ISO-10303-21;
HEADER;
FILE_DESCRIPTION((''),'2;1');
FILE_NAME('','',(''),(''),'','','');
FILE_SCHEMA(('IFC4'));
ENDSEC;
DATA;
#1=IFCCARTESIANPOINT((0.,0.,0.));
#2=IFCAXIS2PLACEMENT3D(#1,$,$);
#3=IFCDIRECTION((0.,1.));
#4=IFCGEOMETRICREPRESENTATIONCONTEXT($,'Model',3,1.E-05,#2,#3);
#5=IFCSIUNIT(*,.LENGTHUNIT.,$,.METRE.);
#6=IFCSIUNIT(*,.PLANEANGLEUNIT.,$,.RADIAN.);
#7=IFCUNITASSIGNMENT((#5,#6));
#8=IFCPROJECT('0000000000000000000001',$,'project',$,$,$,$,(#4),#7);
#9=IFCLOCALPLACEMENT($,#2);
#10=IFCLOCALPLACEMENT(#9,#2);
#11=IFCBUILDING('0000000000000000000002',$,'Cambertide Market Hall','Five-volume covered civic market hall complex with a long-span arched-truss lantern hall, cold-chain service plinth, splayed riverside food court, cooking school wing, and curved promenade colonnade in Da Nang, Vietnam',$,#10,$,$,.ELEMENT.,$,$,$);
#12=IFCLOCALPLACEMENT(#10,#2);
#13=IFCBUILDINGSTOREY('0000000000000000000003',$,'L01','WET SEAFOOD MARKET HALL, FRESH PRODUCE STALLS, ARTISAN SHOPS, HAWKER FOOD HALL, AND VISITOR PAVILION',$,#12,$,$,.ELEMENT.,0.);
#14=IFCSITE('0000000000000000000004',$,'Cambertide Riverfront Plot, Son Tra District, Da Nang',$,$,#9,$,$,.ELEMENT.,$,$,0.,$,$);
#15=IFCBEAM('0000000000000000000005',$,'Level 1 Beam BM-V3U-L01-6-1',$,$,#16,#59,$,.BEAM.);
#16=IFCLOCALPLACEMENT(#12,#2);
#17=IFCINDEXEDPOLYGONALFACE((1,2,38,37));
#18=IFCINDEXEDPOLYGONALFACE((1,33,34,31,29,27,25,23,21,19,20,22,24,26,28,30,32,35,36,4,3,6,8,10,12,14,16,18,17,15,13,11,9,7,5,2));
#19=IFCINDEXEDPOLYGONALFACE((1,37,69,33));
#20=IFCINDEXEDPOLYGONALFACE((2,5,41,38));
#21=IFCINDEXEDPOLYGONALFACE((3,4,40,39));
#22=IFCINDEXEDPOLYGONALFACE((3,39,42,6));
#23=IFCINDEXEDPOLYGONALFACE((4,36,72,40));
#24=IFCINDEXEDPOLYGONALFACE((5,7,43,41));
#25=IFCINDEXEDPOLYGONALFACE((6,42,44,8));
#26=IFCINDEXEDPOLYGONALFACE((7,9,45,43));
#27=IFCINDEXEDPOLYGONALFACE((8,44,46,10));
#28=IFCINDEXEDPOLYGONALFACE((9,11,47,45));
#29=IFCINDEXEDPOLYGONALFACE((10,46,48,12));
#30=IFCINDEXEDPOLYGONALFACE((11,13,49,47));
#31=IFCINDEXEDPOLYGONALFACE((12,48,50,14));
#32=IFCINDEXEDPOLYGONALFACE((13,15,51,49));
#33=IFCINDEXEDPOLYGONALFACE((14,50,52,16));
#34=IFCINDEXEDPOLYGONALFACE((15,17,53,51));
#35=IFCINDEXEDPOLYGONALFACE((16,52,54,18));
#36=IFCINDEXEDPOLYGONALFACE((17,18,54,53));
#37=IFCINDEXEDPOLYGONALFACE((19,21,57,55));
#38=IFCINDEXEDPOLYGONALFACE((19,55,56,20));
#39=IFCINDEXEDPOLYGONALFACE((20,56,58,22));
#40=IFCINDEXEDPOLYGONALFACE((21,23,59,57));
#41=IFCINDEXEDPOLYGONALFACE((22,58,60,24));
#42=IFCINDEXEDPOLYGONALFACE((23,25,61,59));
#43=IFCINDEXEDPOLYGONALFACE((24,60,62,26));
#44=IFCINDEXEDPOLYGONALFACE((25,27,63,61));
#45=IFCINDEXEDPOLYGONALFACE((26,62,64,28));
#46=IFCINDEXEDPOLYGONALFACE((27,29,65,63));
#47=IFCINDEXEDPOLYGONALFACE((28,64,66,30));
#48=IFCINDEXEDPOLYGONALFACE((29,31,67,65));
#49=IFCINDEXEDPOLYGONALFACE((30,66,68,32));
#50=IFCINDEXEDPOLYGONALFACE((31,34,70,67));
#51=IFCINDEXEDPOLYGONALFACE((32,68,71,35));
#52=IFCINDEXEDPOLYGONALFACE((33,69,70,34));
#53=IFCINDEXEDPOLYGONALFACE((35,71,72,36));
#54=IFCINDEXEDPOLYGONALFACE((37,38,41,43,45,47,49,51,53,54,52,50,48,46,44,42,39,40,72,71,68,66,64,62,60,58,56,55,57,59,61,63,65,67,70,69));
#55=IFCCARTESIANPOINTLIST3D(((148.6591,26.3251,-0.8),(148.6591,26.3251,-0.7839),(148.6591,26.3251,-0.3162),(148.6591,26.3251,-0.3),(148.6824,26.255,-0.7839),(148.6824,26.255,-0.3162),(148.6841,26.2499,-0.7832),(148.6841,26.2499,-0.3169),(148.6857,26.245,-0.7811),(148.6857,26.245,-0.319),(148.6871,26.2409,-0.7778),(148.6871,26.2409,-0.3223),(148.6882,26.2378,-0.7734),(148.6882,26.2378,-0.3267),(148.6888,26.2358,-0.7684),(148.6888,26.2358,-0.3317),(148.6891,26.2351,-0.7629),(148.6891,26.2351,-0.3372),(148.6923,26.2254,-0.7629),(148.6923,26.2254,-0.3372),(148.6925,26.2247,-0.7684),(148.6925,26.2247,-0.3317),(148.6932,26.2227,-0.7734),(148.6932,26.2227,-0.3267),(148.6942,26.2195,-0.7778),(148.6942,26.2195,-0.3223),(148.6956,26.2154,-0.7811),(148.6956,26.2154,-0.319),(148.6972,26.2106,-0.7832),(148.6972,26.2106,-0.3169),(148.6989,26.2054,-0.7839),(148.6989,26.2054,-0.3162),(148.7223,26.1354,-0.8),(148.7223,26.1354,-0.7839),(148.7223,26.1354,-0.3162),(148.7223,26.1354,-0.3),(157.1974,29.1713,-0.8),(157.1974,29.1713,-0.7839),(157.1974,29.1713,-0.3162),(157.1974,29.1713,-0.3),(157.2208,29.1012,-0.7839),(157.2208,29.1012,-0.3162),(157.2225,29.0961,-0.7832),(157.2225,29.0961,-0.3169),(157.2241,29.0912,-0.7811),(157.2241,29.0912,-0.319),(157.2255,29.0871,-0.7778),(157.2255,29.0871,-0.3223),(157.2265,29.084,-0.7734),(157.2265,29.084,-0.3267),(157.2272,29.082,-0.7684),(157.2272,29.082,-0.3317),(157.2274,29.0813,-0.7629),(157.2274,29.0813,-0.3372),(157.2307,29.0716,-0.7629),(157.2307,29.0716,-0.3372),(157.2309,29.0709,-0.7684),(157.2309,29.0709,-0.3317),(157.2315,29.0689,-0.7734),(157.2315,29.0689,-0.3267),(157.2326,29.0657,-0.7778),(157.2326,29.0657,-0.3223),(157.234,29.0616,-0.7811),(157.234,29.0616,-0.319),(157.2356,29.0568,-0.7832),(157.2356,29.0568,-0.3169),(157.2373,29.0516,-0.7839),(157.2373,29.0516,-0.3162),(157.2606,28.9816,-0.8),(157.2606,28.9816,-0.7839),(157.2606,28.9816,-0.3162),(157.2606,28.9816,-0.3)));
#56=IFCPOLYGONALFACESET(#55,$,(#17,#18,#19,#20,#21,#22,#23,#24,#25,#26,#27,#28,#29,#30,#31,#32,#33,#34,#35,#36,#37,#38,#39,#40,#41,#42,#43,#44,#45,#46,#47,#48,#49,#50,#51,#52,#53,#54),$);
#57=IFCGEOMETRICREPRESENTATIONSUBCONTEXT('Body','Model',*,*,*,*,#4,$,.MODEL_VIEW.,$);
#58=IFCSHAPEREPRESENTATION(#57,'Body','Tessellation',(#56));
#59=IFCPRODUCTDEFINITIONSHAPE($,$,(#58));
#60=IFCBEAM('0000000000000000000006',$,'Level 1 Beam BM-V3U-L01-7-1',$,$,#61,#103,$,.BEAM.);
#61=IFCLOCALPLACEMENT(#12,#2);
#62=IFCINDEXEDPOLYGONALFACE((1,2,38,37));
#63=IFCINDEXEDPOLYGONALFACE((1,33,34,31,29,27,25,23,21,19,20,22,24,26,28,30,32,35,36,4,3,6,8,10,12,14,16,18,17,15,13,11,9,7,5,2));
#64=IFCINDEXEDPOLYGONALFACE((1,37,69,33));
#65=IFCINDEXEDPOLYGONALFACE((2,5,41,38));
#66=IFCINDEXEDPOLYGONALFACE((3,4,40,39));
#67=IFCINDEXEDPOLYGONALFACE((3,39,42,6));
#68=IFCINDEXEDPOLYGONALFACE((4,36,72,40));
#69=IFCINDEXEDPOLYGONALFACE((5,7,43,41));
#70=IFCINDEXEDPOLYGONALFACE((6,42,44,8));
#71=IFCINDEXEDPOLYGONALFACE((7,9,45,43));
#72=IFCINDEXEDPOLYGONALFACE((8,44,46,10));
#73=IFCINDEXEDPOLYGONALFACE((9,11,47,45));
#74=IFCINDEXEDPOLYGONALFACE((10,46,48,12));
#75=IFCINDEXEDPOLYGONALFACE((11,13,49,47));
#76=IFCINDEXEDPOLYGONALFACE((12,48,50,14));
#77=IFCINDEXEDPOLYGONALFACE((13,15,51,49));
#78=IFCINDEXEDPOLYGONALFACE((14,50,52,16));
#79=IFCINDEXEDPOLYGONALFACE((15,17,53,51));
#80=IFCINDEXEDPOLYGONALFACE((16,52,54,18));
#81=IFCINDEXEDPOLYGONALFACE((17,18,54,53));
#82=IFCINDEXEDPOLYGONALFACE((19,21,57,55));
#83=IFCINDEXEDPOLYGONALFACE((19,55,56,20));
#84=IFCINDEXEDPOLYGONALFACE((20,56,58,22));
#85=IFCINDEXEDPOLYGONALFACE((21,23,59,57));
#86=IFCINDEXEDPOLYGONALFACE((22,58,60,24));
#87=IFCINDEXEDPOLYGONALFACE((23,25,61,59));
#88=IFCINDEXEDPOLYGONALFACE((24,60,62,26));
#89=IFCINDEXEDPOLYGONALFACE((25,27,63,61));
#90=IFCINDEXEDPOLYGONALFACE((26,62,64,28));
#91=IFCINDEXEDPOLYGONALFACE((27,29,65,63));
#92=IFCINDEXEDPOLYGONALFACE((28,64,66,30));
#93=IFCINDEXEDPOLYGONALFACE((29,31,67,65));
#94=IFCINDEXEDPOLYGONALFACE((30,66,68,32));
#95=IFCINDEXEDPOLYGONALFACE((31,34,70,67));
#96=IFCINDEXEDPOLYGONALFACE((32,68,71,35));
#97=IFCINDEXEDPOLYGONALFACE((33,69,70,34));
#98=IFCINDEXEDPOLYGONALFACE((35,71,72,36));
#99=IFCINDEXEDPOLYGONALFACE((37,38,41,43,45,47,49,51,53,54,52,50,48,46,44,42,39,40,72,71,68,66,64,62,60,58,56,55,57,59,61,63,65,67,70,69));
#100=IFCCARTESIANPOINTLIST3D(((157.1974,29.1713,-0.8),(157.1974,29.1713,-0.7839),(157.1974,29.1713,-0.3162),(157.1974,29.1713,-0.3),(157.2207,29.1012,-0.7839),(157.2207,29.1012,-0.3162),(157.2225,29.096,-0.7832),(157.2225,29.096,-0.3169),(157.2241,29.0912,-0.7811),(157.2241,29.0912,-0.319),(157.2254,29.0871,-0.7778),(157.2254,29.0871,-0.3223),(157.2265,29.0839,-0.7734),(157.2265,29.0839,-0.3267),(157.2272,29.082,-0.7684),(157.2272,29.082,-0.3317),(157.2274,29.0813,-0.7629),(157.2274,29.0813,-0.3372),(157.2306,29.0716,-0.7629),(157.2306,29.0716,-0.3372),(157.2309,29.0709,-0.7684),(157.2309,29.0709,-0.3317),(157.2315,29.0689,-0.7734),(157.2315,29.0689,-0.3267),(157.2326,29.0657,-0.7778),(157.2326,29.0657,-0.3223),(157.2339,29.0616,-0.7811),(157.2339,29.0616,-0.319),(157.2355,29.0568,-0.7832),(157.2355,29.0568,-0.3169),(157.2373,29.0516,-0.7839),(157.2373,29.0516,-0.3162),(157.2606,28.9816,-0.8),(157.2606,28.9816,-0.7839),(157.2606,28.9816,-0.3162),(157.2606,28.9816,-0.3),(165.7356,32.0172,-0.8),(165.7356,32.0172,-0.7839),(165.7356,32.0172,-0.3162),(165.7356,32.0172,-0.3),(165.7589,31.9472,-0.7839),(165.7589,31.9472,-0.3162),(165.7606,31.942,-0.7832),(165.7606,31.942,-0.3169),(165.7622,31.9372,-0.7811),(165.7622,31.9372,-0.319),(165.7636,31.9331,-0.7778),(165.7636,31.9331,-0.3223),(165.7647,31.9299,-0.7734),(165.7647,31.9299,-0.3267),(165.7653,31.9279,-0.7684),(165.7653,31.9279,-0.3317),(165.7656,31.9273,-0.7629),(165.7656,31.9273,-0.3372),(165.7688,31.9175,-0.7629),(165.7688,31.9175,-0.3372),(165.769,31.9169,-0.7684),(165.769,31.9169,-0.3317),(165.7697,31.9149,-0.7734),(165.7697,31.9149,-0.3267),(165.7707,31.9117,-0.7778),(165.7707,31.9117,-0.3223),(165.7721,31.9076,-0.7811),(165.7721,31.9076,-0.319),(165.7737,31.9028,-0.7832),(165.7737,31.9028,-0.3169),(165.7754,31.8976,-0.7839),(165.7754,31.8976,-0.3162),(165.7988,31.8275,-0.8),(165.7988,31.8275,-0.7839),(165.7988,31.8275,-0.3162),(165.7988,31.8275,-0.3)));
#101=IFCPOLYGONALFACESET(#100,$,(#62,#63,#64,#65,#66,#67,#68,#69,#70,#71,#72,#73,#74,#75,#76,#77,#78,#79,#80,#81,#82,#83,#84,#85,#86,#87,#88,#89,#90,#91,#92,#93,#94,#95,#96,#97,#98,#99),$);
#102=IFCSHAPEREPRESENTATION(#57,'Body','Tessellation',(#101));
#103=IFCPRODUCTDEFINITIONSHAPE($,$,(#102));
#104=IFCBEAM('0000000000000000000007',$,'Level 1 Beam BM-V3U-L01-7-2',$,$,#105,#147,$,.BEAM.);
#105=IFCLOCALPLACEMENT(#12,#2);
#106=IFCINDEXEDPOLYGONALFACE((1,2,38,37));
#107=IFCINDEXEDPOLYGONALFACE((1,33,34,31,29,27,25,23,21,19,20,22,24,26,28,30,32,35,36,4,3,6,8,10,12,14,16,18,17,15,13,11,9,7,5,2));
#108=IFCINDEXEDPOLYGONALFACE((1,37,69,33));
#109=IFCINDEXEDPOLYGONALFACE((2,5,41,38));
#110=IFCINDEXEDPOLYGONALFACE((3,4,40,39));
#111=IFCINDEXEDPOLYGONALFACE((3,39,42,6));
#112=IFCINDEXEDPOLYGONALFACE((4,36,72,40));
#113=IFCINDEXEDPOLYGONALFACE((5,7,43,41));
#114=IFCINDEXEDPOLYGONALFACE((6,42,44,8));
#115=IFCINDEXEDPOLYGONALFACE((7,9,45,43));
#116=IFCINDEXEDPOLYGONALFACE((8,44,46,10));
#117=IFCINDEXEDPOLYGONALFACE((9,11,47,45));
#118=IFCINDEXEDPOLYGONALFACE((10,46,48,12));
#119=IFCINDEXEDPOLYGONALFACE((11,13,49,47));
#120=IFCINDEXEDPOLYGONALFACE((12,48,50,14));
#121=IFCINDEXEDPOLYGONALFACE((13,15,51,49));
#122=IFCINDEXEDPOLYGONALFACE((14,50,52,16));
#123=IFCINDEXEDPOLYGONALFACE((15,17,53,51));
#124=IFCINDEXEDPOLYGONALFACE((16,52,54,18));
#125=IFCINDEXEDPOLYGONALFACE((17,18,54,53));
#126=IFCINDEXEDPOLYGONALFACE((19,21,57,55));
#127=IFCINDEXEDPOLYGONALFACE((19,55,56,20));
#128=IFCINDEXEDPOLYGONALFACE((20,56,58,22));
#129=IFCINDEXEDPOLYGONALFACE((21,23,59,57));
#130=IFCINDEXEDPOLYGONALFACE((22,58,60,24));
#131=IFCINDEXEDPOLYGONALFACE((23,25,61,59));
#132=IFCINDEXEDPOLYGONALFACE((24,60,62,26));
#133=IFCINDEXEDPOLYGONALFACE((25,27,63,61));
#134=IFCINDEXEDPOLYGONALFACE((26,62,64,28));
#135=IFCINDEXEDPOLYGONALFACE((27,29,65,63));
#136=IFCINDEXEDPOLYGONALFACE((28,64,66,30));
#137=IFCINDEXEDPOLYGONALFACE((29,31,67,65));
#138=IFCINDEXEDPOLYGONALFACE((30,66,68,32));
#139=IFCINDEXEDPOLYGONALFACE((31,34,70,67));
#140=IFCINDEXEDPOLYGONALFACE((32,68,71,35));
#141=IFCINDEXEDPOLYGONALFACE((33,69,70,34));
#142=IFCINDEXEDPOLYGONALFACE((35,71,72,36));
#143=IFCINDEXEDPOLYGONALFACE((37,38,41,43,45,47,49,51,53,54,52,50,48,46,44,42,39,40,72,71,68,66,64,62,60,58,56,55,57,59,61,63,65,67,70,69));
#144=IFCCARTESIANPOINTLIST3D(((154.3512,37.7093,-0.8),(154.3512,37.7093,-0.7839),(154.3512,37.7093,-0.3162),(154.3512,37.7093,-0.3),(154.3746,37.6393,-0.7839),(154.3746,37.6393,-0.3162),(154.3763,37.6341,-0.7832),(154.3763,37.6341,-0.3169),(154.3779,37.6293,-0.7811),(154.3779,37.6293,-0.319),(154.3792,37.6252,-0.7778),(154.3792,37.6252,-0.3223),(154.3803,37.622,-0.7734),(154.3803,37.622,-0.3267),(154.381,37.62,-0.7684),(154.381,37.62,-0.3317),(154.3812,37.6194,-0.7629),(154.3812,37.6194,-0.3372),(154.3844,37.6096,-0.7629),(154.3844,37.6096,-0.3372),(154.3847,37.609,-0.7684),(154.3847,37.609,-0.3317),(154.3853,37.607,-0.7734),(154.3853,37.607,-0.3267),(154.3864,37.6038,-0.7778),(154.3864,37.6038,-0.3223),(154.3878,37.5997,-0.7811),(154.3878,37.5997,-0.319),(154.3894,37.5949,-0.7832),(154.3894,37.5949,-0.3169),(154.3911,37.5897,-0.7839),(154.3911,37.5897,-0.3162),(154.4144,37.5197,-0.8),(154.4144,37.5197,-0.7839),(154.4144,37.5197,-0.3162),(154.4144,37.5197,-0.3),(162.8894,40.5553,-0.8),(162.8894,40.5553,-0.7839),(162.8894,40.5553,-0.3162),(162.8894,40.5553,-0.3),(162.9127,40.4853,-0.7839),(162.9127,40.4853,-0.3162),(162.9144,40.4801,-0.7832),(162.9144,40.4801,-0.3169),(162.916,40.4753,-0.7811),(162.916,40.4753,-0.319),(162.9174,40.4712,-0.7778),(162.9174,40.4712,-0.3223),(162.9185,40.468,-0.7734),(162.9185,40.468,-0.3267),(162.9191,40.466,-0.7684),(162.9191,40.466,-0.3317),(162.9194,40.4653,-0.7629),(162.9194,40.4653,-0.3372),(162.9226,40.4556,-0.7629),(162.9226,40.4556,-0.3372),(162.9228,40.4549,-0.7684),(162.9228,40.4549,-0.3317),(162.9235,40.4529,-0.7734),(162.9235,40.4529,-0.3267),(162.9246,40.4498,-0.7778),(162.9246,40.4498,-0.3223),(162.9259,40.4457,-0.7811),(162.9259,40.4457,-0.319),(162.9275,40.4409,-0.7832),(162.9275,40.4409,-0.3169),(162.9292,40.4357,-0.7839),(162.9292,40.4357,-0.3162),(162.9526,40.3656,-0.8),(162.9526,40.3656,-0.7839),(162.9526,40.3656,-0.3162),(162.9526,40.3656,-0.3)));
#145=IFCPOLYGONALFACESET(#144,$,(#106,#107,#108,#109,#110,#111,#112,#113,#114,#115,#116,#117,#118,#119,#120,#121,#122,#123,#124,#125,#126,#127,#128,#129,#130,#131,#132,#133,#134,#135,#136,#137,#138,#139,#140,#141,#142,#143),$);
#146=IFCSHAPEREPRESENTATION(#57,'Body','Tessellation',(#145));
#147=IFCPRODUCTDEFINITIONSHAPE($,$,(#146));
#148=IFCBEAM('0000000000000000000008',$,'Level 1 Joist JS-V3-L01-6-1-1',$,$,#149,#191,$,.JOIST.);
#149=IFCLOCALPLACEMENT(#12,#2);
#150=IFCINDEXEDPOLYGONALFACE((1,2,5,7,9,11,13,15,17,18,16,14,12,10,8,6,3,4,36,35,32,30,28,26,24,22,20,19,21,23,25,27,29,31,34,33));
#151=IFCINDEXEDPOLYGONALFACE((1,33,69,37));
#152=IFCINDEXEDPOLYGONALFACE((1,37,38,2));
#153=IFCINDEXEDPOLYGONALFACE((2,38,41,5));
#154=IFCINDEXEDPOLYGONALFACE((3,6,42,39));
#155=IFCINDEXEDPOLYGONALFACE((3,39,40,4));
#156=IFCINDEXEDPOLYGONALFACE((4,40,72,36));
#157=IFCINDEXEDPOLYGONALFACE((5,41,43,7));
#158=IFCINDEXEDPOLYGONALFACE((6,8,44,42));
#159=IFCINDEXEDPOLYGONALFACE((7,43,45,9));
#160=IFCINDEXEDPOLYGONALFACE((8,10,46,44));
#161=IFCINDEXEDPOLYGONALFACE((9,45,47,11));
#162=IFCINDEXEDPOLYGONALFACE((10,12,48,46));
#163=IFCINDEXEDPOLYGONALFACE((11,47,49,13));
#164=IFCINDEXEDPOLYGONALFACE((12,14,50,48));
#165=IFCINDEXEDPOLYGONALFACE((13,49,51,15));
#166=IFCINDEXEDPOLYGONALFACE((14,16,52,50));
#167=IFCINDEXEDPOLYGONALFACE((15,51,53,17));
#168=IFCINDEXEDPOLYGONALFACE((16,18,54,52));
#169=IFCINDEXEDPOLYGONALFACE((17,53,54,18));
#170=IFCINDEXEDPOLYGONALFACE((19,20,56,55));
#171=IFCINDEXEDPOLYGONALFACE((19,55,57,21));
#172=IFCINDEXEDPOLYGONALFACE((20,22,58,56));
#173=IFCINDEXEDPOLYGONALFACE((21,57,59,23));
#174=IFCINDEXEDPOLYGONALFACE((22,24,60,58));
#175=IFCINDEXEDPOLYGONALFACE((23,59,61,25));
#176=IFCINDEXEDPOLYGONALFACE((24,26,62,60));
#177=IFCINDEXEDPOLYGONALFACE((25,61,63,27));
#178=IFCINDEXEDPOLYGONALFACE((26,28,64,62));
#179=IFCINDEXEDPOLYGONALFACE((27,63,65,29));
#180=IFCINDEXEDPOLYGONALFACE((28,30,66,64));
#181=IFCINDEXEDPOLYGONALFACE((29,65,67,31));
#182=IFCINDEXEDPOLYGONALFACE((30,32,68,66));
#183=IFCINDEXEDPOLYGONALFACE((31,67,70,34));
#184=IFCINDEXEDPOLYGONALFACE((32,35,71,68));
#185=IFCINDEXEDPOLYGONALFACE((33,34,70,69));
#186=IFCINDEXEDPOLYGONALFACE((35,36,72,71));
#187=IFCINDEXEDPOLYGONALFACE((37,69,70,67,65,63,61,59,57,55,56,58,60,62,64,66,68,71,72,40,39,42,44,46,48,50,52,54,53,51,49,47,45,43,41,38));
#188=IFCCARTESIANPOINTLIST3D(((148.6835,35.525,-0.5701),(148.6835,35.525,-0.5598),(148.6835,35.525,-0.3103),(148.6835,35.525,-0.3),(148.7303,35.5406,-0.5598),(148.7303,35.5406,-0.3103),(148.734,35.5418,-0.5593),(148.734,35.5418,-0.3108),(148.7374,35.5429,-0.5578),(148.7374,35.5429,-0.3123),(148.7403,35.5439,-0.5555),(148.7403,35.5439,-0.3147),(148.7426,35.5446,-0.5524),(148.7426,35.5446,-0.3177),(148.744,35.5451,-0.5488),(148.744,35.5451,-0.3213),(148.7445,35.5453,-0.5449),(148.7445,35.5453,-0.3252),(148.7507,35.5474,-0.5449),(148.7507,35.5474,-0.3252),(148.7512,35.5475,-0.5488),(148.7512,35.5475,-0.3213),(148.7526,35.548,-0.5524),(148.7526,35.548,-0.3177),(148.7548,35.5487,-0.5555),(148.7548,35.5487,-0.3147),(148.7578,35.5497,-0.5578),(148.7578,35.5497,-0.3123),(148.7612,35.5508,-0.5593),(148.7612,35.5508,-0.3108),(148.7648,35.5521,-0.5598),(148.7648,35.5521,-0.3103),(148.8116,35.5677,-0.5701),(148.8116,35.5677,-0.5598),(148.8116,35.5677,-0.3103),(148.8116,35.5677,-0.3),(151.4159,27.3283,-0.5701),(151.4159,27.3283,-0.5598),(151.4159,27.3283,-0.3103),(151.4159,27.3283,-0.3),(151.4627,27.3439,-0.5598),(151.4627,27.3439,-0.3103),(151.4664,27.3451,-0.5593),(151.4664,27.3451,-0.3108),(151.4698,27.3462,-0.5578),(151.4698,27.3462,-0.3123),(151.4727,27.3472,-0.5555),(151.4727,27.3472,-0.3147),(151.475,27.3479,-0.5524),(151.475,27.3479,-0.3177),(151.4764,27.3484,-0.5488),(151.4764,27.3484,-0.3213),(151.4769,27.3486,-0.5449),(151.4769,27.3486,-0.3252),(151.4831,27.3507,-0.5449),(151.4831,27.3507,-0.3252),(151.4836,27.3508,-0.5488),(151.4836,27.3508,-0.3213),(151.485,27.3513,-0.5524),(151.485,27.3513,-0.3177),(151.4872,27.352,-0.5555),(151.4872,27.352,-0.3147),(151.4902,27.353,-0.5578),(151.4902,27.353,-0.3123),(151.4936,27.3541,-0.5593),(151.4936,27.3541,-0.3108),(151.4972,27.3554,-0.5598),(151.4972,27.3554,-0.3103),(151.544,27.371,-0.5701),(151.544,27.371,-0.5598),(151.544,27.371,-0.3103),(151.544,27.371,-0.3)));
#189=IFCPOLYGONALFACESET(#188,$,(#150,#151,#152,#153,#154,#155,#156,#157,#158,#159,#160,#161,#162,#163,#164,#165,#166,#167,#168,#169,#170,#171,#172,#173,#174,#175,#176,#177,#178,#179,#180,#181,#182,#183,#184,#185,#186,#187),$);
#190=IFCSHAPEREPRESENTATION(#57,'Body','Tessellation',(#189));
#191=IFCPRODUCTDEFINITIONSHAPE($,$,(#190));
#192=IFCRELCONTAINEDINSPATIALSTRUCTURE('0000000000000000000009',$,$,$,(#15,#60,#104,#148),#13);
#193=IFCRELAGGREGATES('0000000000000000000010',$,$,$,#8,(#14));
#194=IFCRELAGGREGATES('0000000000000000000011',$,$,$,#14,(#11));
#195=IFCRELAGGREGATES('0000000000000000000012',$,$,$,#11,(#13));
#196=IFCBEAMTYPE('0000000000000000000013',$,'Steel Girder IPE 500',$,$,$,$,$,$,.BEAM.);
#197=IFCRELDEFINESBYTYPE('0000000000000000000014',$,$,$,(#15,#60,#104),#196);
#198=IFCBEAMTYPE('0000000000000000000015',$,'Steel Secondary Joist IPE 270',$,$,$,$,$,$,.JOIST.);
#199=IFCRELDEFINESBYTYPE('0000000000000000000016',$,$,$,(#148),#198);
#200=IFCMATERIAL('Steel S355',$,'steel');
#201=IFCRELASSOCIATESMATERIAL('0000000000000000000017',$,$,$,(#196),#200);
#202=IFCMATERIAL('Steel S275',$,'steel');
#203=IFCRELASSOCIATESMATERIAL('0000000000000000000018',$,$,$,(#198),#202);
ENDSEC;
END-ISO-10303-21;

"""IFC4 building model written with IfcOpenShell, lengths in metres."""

from ifc_helpers import new_model, si_unit, direction, frame, origin, origin_2d, place, context, subcontext, project, spatial, i_section, extrude, material, material_profile, profile_set, type_object, element, save


model = new_model("IFC4")

# Units and contexts
model_context = context("Model", 3, precision=1e-05, world=origin(), true_north=direction((0.0, 1.0)))
body_context = subcontext(model_context, "Body", "Model", "MODEL_VIEW")
ifc_project = project(units=[si_unit("LENGTHUNIT", "METRE"), si_unit("PLANEANGLEUNIT", "RADIAN")], contexts=[model_context])

# Site, building, storey
site_placement = place(None, origin())
site = spatial("IfcSite", under=ifc_project, at=site_placement, Name="Cambertide Riverfront Plot, Son Tra District, Da Nang", CompositionType="ELEMENT", RefElevation=0.0)
building_placement = place(site_placement, origin())
building = spatial("IfcBuilding", under=site, at=building_placement, Name="Cambertide Market Hall", Description="Five-volume covered civic market hall complex with a long-span arched-truss lantern hall, cold-chain service plinth, splayed riverside food court, cooking school wing, and curved promenade colonnade in Da Nang, Vietnam", CompositionType="ELEMENT")
storey_placement = place(building_placement, origin())
storey = spatial("IfcBuildingStorey", under=building, at=storey_placement, Name="L01", Description="WET SEAFOOD MARKET HALL, FRESH PRODUCE STALLS, ARTISAN SHOPS, HAWKER FOOD HALL, AND VISITOR PAVILION", CompositionType="ELEMENT", Elevation=0.0)

# Beams
ifc_material_1 = material(Name="Steel S355", Category="steel")
ifc_material_profile_1 = material_profile(ifc_material_1, i_section(OverallWidth=0.2, OverallDepth=0.5, WebThickness=0.0103, FlangeThickness=0.0161, FilletRadius=0.021, at=origin_2d()), Name="IPE 500")
ifc_profile_set_1 = profile_set([ifc_material_profile_1], Name="Steel S355")
beam_type_1 = type_object("IfcBeamType", Name="Steel Girder IPE 500", PredefinedType="BEAM", material=ifc_profile_set_1)
beam_1_placement = place(storey_placement, frame((148.6907, 26.2302, -0.55), z_axis=(0.948681, 0.316236, 0.0), x_axis=(-0.316236, 0.948681, 0.0)))
element("IfcBeam", 1, at=beam_1_placement, inside=storey, type_object=beam_type_1, Name="Level 1 Beam BM-V3U-L01-6-1", PredefinedType="BEAM", context=body_context, shape_type="SweptSolid", body=[
    extrude(i_section(OverallWidth=0.2, OverallDepth=0.5, WebThickness=0.0103, FlangeThickness=0.0161, FilletRadius=0.021, at=origin_2d()), origin(), (0.0, 0.0, 1.0), 9.0002),
])
for number, where, z_axis, x_axis, name in (
    (2, (157.229, 29.0764, -0.55), (0.948686, 0.31622, 0.0), (-0.31622, 0.948686, 0.0), "Level 1 Beam BM-V3U-L01-7-1"),
    (3, (154.3828, 37.6145, -0.55), (0.948686, 0.31622, 0.0), (-0.31622, 0.948686, 0.0), "Level 1 Beam BM-V3U-L01-7-2"),
):
    element("IfcBeam", number, at=place(storey_placement, frame(where, z_axis=z_axis, x_axis=x_axis)), inside=storey, type_object=beam_type_1, Name=name, PredefinedType="BEAM", context=body_context, shape_type="SweptSolid", body=[
        extrude(i_section(OverallWidth=0.2, OverallDepth=0.5, WebThickness=0.0103, FlangeThickness=0.0161, FilletRadius=0.021, at=origin_2d()), origin(), (0.0, 0.0, 1.0), 9.0),
    ])
ifc_material_2 = material(Name="Steel S275", Category="steel")
ifc_material_profile_2 = material_profile(ifc_material_2, i_section(OverallWidth=0.135, OverallDepth=0.27, WebThickness=0.0066, FlangeThickness=0.0103, FilletRadius=0.0149, at=origin_2d()), Name="IPE 270")
ifc_profile_set_2 = profile_set([ifc_material_profile_2], Name="Steel S275")
beam_type_2 = type_object("IfcBeamType", Name="Steel Secondary Joist IPE 270", PredefinedType="JOIST", material=ifc_profile_set_2)
for number, where, z_axis, x_axis, name in (
    (4, (151.48, 27.3496, -0.4351), (-0.316245, 0.948678, 0.0), (-0.948678, -0.316245, 0.0), "Level 1 Joist JS-V3-L01-6-1-1"),
):
    element("IfcBeam", number, at=place(storey_placement, frame(where, z_axis=z_axis, x_axis=x_axis)), inside=storey, type_object=beam_type_2, Name=name, PredefinedType="JOIST", context=body_context, shape_type="SweptSolid", body=[
        extrude(i_section(OverallWidth=0.135, OverallDepth=0.27, WebThickness=0.0066, FlangeThickness=0.0103, FilletRadius=0.0149, at=origin_2d()), origin(), (0.0, 0.0, 1.0), 8.6401),
    ])

save(model, "model.ifc")
